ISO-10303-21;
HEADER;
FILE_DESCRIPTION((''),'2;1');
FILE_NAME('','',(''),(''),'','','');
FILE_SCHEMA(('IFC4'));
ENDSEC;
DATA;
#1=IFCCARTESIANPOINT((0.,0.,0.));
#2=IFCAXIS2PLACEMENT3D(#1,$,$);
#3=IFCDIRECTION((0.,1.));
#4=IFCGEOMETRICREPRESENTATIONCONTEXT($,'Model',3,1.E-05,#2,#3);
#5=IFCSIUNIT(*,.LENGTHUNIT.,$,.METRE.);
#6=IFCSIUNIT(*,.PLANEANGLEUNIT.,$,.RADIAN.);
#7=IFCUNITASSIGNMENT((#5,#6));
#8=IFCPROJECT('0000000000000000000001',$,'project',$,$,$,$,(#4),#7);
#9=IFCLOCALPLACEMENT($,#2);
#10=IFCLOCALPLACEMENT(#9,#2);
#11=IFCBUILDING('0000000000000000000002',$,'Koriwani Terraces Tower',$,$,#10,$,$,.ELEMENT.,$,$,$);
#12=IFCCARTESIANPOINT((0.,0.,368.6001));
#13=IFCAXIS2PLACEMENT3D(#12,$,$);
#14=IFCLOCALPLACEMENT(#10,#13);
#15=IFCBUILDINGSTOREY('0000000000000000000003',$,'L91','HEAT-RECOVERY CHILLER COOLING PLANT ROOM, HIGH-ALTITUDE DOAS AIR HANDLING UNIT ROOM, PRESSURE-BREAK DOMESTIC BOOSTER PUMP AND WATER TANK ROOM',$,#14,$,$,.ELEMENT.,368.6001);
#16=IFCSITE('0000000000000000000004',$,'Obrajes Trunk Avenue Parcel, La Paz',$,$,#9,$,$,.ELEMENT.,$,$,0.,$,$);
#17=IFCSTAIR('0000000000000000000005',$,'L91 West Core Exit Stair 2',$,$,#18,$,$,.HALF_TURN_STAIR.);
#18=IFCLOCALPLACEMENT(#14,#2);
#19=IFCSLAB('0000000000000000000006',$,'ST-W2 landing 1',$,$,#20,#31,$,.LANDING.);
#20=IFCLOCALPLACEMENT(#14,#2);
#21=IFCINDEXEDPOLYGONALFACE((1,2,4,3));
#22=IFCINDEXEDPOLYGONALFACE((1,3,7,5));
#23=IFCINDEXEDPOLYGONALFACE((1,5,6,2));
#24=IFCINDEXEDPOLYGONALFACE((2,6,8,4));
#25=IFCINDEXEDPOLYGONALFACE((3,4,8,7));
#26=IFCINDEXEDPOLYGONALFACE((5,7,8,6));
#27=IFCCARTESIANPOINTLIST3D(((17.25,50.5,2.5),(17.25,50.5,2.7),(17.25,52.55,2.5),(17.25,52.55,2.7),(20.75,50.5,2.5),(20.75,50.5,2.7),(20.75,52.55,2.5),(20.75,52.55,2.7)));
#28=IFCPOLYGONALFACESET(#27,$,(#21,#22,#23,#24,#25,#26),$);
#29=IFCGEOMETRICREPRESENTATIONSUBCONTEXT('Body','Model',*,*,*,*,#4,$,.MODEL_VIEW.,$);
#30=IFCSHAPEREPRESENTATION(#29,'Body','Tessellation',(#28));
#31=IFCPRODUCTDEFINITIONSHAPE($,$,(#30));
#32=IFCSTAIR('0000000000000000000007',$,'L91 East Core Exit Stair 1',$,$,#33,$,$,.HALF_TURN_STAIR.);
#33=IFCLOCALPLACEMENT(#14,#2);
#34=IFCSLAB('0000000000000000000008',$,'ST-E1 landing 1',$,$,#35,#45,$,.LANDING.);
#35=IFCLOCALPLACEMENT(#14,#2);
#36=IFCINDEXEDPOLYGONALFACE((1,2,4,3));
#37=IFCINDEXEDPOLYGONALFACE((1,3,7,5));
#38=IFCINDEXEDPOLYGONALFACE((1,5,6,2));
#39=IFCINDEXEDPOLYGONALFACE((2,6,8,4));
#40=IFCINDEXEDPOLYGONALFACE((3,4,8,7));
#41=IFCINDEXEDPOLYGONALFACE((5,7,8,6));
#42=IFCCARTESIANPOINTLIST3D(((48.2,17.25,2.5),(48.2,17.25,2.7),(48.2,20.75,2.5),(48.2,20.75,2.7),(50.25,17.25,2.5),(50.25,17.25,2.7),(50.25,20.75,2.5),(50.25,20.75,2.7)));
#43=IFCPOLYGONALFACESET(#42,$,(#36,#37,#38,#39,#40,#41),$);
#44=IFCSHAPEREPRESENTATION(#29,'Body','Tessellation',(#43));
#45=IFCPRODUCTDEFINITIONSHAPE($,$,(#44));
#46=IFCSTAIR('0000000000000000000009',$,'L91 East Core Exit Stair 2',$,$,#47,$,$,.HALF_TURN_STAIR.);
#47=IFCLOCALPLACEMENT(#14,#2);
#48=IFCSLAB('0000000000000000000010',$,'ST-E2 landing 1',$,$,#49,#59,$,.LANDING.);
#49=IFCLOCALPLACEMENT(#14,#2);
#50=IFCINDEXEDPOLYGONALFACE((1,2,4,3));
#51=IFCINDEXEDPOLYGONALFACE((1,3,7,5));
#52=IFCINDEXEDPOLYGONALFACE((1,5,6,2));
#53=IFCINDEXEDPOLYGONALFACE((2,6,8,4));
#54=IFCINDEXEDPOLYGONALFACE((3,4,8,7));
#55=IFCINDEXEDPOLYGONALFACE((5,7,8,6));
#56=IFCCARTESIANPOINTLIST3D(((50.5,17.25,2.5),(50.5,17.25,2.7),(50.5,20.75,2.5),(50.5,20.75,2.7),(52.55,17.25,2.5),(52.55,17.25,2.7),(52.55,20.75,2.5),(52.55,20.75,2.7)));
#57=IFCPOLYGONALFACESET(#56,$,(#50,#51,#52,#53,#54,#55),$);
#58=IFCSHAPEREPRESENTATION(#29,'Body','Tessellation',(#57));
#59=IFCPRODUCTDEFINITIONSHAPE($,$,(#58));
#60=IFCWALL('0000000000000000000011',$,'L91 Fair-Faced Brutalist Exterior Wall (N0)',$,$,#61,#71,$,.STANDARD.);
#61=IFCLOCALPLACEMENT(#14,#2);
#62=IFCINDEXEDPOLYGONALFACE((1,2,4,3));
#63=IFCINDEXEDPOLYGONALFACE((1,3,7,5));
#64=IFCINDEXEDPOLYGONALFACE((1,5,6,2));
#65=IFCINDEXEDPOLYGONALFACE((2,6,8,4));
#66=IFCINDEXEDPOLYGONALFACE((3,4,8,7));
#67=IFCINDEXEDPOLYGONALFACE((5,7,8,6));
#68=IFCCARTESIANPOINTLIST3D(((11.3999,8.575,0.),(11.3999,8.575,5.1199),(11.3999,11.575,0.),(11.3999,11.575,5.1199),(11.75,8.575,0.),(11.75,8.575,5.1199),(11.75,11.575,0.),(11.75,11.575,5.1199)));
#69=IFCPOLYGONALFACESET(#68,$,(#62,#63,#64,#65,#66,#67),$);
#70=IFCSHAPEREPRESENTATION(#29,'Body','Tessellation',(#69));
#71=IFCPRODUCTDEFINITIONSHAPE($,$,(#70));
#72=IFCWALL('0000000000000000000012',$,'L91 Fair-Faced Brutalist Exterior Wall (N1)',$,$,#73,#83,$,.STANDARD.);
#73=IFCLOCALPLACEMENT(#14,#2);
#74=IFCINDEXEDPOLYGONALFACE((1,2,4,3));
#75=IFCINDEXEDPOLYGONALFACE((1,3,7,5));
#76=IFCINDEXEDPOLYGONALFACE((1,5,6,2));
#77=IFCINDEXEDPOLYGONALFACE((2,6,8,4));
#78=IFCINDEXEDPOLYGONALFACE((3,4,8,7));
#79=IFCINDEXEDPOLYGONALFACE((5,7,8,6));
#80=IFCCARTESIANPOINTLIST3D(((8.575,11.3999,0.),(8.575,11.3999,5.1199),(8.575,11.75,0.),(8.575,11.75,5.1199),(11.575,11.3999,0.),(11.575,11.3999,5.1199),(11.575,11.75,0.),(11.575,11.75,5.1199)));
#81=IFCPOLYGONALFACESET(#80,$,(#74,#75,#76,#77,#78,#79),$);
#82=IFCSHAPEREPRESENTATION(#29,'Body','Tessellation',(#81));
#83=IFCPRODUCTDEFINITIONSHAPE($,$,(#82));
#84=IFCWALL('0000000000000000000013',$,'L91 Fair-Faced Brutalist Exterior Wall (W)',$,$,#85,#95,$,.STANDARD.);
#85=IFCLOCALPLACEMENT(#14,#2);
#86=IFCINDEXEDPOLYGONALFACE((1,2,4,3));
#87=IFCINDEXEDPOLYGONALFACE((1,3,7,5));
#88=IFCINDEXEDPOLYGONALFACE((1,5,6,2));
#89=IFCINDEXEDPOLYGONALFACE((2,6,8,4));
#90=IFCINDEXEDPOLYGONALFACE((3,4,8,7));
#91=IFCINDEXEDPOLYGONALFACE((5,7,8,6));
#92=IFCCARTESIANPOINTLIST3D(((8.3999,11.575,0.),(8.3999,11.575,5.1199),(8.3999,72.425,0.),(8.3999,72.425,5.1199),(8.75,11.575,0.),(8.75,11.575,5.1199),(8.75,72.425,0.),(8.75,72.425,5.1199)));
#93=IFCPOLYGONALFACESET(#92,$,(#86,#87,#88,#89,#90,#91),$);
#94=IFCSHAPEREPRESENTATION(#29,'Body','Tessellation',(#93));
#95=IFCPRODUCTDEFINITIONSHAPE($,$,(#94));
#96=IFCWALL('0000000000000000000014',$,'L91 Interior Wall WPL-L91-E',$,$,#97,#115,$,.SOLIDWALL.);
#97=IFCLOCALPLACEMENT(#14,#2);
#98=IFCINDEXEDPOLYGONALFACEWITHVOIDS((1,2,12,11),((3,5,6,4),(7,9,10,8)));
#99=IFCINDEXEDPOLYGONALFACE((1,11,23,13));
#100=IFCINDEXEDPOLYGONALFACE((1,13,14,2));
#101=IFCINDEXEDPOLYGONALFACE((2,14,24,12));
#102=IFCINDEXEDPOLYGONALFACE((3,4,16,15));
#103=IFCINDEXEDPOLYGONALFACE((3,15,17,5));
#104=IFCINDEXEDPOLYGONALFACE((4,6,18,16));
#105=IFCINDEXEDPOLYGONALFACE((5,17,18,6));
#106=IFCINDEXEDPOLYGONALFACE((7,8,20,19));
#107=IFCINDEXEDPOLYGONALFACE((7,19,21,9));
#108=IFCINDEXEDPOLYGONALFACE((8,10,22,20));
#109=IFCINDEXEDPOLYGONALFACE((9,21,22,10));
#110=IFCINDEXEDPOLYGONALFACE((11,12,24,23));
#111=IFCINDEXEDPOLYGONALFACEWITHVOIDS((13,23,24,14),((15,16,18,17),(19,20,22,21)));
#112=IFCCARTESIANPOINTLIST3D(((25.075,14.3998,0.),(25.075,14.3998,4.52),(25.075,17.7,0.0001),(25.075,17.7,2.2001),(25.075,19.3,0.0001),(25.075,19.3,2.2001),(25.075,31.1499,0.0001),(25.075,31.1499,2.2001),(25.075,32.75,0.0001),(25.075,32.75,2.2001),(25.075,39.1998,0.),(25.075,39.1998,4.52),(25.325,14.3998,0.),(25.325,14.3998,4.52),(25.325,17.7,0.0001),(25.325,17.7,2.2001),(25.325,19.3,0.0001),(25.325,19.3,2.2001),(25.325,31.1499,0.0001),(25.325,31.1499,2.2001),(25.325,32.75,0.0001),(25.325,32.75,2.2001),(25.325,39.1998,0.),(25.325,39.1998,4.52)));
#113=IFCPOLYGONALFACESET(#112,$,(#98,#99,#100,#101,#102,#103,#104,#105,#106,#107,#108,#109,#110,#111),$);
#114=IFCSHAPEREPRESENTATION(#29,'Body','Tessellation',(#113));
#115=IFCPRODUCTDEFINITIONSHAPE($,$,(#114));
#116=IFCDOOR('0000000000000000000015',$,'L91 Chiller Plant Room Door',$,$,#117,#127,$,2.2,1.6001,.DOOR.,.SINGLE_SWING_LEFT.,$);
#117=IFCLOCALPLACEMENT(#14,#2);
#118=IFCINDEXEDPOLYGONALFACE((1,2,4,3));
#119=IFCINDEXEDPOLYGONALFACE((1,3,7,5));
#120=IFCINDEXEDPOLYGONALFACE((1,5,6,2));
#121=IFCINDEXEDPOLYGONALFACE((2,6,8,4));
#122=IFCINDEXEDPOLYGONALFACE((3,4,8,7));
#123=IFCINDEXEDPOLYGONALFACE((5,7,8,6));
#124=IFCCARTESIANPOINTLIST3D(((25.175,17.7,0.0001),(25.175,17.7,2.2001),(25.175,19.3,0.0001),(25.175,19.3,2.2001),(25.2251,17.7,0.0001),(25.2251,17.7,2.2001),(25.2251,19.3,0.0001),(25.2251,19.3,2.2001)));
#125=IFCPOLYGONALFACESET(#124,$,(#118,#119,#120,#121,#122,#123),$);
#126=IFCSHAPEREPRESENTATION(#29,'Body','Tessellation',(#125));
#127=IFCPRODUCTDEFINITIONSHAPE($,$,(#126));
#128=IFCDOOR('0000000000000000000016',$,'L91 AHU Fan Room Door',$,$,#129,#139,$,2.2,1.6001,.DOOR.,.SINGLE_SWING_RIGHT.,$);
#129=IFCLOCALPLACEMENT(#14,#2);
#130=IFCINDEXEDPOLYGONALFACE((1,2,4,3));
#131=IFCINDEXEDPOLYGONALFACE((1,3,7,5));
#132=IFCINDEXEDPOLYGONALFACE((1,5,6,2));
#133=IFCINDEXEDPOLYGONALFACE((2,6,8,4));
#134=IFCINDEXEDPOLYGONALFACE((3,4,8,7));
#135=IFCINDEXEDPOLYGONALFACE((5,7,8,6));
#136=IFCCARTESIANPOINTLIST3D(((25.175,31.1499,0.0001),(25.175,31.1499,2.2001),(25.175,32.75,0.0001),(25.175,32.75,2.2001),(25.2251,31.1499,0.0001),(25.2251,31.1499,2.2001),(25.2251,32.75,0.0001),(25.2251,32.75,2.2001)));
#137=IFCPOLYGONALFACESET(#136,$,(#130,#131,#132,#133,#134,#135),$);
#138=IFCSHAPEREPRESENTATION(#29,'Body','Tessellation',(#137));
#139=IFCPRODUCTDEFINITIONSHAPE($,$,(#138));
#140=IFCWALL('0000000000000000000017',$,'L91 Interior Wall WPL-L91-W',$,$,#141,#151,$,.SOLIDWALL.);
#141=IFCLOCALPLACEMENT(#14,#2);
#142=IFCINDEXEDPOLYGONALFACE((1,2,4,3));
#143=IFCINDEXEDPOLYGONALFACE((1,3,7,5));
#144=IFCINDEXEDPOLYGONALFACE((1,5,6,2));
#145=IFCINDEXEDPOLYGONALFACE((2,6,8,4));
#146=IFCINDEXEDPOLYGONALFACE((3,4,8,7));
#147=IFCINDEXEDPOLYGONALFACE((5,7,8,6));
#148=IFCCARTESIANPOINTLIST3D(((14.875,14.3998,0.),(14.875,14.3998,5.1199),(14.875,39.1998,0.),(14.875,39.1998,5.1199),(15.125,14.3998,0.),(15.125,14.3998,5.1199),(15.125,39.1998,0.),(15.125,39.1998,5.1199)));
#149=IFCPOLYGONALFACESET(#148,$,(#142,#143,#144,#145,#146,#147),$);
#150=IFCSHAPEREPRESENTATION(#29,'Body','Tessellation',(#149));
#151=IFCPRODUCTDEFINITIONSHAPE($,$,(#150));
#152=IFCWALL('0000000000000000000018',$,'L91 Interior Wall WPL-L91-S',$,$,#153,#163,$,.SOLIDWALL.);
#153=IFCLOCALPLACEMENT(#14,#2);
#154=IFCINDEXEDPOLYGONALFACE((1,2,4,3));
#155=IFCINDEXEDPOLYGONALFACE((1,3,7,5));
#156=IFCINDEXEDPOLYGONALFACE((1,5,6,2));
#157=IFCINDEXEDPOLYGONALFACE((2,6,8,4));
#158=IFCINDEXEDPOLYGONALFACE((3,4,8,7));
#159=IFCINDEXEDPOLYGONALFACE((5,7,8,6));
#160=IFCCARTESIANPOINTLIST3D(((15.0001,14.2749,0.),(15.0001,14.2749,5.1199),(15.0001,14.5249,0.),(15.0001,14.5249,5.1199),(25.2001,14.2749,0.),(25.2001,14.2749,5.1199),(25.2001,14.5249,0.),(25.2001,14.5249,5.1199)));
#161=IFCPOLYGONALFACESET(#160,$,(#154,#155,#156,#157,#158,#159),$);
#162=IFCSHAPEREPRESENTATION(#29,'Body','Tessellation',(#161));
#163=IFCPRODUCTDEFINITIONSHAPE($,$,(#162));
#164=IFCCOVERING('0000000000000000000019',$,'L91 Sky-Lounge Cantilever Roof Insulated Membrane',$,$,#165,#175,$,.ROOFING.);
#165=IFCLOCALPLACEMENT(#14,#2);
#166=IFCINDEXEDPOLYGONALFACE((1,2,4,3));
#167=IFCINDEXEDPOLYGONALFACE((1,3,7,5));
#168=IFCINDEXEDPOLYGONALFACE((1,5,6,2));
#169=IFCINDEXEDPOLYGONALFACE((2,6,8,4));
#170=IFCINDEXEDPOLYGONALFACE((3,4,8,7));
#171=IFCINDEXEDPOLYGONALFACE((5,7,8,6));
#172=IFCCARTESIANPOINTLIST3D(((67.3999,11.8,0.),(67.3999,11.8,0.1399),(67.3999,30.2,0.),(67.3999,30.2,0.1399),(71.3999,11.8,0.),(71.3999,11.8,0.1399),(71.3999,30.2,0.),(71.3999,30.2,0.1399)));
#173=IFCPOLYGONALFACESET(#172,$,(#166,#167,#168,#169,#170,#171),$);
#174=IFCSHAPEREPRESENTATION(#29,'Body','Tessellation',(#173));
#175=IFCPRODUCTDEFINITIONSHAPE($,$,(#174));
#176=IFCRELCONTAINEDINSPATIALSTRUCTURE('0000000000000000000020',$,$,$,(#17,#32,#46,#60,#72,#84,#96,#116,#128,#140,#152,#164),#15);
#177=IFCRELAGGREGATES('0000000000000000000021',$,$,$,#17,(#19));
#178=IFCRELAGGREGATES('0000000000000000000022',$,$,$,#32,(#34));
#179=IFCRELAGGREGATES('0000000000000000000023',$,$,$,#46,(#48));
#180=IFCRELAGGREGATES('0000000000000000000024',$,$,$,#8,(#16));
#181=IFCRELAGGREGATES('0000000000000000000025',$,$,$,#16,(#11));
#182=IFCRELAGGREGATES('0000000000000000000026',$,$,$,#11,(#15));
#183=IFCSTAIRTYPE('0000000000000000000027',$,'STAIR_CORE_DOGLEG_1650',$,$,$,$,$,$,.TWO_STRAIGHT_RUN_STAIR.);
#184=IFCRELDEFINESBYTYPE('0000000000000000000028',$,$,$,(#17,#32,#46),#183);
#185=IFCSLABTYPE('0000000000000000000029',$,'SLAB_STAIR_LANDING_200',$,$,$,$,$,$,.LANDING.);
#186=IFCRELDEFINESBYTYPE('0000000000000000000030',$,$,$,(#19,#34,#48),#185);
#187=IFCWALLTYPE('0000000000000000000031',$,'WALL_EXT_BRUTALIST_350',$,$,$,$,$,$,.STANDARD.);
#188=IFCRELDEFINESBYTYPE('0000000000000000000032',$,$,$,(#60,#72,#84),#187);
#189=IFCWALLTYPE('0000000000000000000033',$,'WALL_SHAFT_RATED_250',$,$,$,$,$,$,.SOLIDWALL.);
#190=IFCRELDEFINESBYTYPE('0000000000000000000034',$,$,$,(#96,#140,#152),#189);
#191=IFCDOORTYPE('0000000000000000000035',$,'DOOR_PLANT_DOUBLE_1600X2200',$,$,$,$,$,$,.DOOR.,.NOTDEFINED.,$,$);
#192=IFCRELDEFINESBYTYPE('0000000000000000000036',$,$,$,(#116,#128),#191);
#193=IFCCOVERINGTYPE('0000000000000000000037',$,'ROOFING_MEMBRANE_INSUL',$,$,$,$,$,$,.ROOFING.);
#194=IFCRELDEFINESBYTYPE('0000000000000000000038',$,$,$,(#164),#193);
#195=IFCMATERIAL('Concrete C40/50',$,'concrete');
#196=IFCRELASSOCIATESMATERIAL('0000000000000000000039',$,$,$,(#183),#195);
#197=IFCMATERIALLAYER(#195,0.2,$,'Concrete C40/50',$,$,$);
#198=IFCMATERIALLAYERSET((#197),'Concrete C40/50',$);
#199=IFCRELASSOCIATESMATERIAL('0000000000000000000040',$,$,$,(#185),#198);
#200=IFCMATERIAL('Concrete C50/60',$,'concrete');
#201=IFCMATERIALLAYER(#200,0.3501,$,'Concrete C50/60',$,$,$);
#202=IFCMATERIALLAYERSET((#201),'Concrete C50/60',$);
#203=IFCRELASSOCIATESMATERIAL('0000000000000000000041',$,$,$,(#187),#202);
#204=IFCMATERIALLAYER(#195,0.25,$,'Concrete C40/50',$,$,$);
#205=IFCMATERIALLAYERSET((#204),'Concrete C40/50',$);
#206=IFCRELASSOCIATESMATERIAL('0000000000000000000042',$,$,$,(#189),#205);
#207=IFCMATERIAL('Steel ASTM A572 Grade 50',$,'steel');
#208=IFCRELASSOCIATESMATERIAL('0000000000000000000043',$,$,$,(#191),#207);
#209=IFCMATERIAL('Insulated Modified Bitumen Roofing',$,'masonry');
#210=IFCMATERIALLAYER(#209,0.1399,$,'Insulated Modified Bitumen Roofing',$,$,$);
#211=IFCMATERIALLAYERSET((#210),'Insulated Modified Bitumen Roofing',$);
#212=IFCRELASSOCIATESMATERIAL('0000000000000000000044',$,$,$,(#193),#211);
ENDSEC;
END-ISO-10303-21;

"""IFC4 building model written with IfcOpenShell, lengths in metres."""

from ifc_helpers import new_model, si_unit, direction, frame, frame_2d, origin, place, context, subcontext, project, spatial, polyline, rectangle, outline, extrude, material, layer, layer_set, type_object, element, fill, aggregate, save


model = new_model("IFC4")

# Units and contexts
model_context = context("Model", 3, precision=1e-05, world=origin(), true_north=direction((0.0, 1.0)))
body_context = subcontext(model_context, "Body", "Model", "MODEL_VIEW")
ifc_project = project(units=[si_unit("LENGTHUNIT", "METRE"), si_unit("PLANEANGLEUNIT", "RADIAN")], contexts=[model_context])

# Site, building, storey
site_placement = place(None, origin())
site = spatial("IfcSite", under=ifc_project, at=site_placement, Name="Obrajes Trunk Avenue Parcel, La Paz", CompositionType="ELEMENT", RefElevation=0.0)
building_placement = place(site_placement, origin())
building = spatial("IfcBuilding", under=site, at=building_placement, Name="Koriwani Terraces Tower", CompositionType="ELEMENT")
storey_placement = place(building_placement, frame((0.0, 0.0, 368.6001)))
storey = spatial("IfcBuildingStorey", under=building, at=storey_placement, Name="L91", Description="HEAT-RECOVERY CHILLER COOLING PLANT ROOM, HIGH-ALTITUDE DOAS AIR HANDLING UNIT ROOM, PRESSURE-BREAK DOMESTIC BOOSTER PUMP AND WATER TANK ROOM", CompositionType="ELEMENT", Elevation=368.6001)

# Shared definitions
ifc_material_1 = material(Name="Concrete C50/60", Category="concrete")

# Shared definitions
ifc_material_2 = material(Name="Concrete C40/50", Category="concrete")
ifc_material_3 = material(Name="Steel ASTM A572 Grade 50", Category="steel")

# Stairs, slabs
stair_type = type_object("IfcStairType", Name="STAIR_CORE_DOGLEG_1650", PredefinedType="TWO_STRAIGHT_RUN_STAIR", material=ifc_material_2)
ifc_layer_1 = layer(ifc_material_2, 0.2, Name="Concrete C40/50")
ifc_layer_set_1 = layer_set([ifc_layer_1], Name="Concrete C40/50")
slab_type_1 = type_object("IfcSlabType", Name="SLAB_STAIR_LANDING_200", PredefinedType="LANDING", material=ifc_layer_set_1)
stair_1_placement = place(storey_placement, origin())
stair_1 = element("IfcStair", 1, at=stair_1_placement, inside=storey, type_object=stair_type, Name="L91 West Core Exit Stair 2", PredefinedType="HALF_TURN_STAIR")
slab_1_placement = place(storey_placement, frame((0.0, 0.0, 2.5)))
slab_1 = element("IfcSlab", 2, at=slab_1_placement, type_object=slab_type_1, Name="ST-W2 landing 1", PredefinedType="LANDING", context=body_context, shape_type="SweptSolid", body=[
    extrude(outline(polyline([(17.25, 52.55), (17.25, 50.5), (20.75, 50.5), (20.75, 52.55), (17.25, 52.55)])), origin(), (0.0, 0.0, 1.0), 0.2),
])
aggregate(stair_1, [slab_1])
stair_2_placement = place(storey_placement, origin())
stair_2 = element("IfcStair", 3, at=stair_2_placement, inside=storey, type_object=stair_type, Name="L91 East Core Exit Stair 1", PredefinedType="HALF_TURN_STAIR")
slab_2_placement = place(storey_placement, frame((0.0, 0.0, 2.5)))
slab_2 = element("IfcSlab", 4, at=slab_2_placement, type_object=slab_type_1, Name="ST-E1 landing 1", PredefinedType="LANDING", context=body_context, shape_type="SweptSolid", body=[
    extrude(outline(polyline([(48.2, 17.25), (50.25, 17.25), (50.25, 20.75), (48.2, 20.75), (48.2, 17.25)])), origin(), (0.0, 0.0, 1.0), 0.2),
])
aggregate(stair_2, [slab_2])
stair_3_placement = place(storey_placement, origin())
stair_3 = element("IfcStair", 5, at=stair_3_placement, inside=storey, type_object=stair_type, Name="L91 East Core Exit Stair 2", PredefinedType="HALF_TURN_STAIR")
slab_3_placement = place(storey_placement, frame((0.0, 0.0, 2.5)))
slab_3 = element("IfcSlab", 6, at=slab_3_placement, type_object=slab_type_1, Name="ST-E2 landing 1", PredefinedType="LANDING", context=body_context, shape_type="SweptSolid", body=[
    extrude(outline(polyline([(52.55, 20.75), (50.5, 20.75), (50.5, 17.25), (52.55, 17.25), (52.55, 20.75)])), origin(), (0.0, 0.0, 1.0), 0.2),
])
aggregate(stair_3, [slab_3])

# Walls
ifc_layer_2 = layer(ifc_material_1, 0.3501, Name="Concrete C50/60")
ifc_layer_set_2 = layer_set([ifc_layer_2], Name="Concrete C50/60")
wall_type_1 = type_object("IfcWallType", Name="WALL_EXT_BRUTALIST_350", PredefinedType="STANDARD", material=ifc_layer_set_2)
for number, where, z_axis, x_axis, name in (
    (7, (11.575, 8.575, 0.0), (0.0, 0.0, 1.0), (0.0, 1.0, 0.0), "L91 Fair-Faced Brutalist Exterior Wall (N0)"),
    (8, (11.575, 11.575, 0.0), (0.0, 0.0, 1.0), (-1.0, 0.0, 0.0), "L91 Fair-Faced Brutalist Exterior Wall (N1)"),
):
    element("IfcWall", number, at=place(storey_placement, frame(where, z_axis=z_axis, x_axis=x_axis)), inside=storey, type_object=wall_type_1, Name=name, PredefinedType="STANDARD", context=body_context, shape_type="SweptSolid", body=[
        extrude(rectangle(XDim=3.0, YDim=0.3501, at=frame_2d((1.5, 0.0))), origin(), (0.0, 0.0, 1.0), 5.1199),
    ])
wall_1_placement = place(storey_placement, frame((8.575, 11.575, 0.0), z_axis=(0.0, 0.0, 1.0), x_axis=(0.0, 1.0, 0.0)))
element("IfcWall", 9, at=wall_1_placement, inside=storey, type_object=wall_type_1, Name="L91 Fair-Faced Brutalist Exterior Wall (W)", PredefinedType="STANDARD", context=body_context, shape_type="SweptSolid", body=[
    extrude(rectangle(XDim=60.8501, YDim=0.3501, at=frame_2d((30.425, 0.0))), origin(), (0.0, 0.0, 1.0), 5.1199),
])

# Wall, openings, doors
ifc_layer_3 = layer(ifc_material_2, 0.25, Name="Concrete C40/50")
ifc_layer_set_3 = layer_set([ifc_layer_3], Name="Concrete C40/50")
wall_type_2 = type_object("IfcWallType", Name="WALL_SHAFT_RATED_250", PredefinedType="SOLIDWALL", material=ifc_layer_set_3)
wall_2_placement = place(storey_placement, frame((25.2, 14.3999, 0.0), z_axis=(0.0, 0.0, 1.0), x_axis=(0.0, 1.0, 0.0)))
wall_2 = element("IfcWall", 10, at=wall_2_placement, inside=storey, type_object=wall_type_2, Name="L91 Interior Wall WPL-L91-E", PredefinedType="SOLIDWALL", context=body_context, shape_type="SweptSolid", body=[
    extrude(rectangle(XDim=24.8, YDim=0.25, at=frame_2d((12.3999, 0.0))), origin(), (0.0, 0.0, 1.0), 4.52),
])
opening_1_placement = place(wall_2_placement, frame((3.3, 0.0, 0.0)))
opening_1 = element("IfcOpeningElement", 11, at=opening_1_placement, cuts=wall_2, PredefinedType="OPENING", context=body_context, shape_type="SweptSolid", body=[
    extrude(rectangle(XDim=1.6001, YDim=2.2, at=frame_2d((0.8, 1.1001))), frame((0.0, 0.135, 0.0), z_axis=(0.0, -1.0, 0.0), x_axis=(1.0, 0.0, 0.0)), (0.0, 0.0, 1.0), 0.27),
])
opening_2_placement = place(wall_2_placement, frame((16.75, 0.0, 0.0)))
opening_2 = element("IfcOpeningElement", 12, at=opening_2_placement, cuts=wall_2, PredefinedType="OPENING", context=body_context, shape_type="SweptSolid", body=[
    extrude(rectangle(XDim=1.6001, YDim=2.2, at=frame_2d((0.8, 1.1001))), frame((0.0, 0.135, 0.0), z_axis=(0.0, -1.0, 0.0), x_axis=(1.0, 0.0, 0.0)), (0.0, 0.0, 1.0), 0.27),
])
door_type = type_object("IfcDoorType", Name="DOOR_PLANT_DOUBLE_1600X2200", OperationType="NOTDEFINED", PredefinedType="DOOR", material=ifc_material_3)
door_1_placement = place(opening_1_placement, origin())
door_1 = element("IfcDoor", 13, at=door_1_placement, inside=storey, type_object=door_type, Name="L91 Chiller Plant Room Door", OperationType="SINGLE_SWING_LEFT", OverallHeight=2.2, OverallWidth=1.6001, PredefinedType="DOOR", context=body_context, shape_type="SweptSolid", body=[
    extrude(rectangle(XDim=1.6001, YDim=2.2, at=frame_2d((0.8, 1.1001))), frame((0.0, 0.0249, 0.0), z_axis=(0.0, -1.0, 0.0), x_axis=(1.0, 0.0, 0.0)), (0.0, 0.0, 1.0), 0.05),
])
fill(opening_1, door_1)
door_2_placement = place(opening_2_placement, origin())
door_2 = element("IfcDoor", 14, at=door_2_placement, inside=storey, type_object=door_type, Name="L91 AHU Fan Room Door", OperationType="SINGLE_SWING_RIGHT", OverallHeight=2.2, OverallWidth=1.6001, PredefinedType="DOOR", context=body_context, shape_type="SweptSolid", body=[
    extrude(rectangle(XDim=1.6001, YDim=2.2, at=frame_2d((0.8, 1.1001))), frame((0.0, 0.0249, 0.0), z_axis=(0.0, -1.0, 0.0), x_axis=(1.0, 0.0, 0.0)), (0.0, 0.0, 1.0), 0.05),
])
fill(opening_2, door_2)

# Walls
wall_3_placement = place(storey_placement, frame((15.0, 14.3999, 0.0), z_axis=(0.0, 0.0, 1.0), x_axis=(0.0, 1.0, 0.0)))
element("IfcWall", 15, at=wall_3_placement, inside=storey, type_object=wall_type_2, Name="L91 Interior Wall WPL-L91-W", PredefinedType="SOLIDWALL", context=body_context, shape_type="SweptSolid", body=[
    extrude(rectangle(XDim=24.8, YDim=0.25, at=frame_2d((12.3999, 0.0))), origin(), (0.0, 0.0, 1.0), 5.1199),
])
wall_4_placement = place(storey_placement, frame((15.0, 14.3999, 0.0), z_axis=(0.0, 0.0, 1.0), x_axis=(1.0, 0.0, 0.0)))
element("IfcWall", 16, at=wall_4_placement, inside=storey, type_object=wall_type_2, Name="L91 Interior Wall WPL-L91-S", PredefinedType="SOLIDWALL", context=body_context, shape_type="SweptSolid", body=[
    extrude(rectangle(XDim=10.2, YDim=0.25, at=frame_2d((5.1001, 0.0))), origin(), (0.0, 0.0, 1.0), 5.1199),
])

# Covering
ifc_material_4 = material(Name="Insulated Modified Bitumen Roofing", Category="masonry")
ifc_layer_4 = layer(ifc_material_4, 0.1399, Name="Insulated Modified Bitumen Roofing")
ifc_layer_set_4 = layer_set([ifc_layer_4], Name="Insulated Modified Bitumen Roofing")
covering_type = type_object("IfcCoveringType", Name="ROOFING_MEMBRANE_INSUL", PredefinedType="ROOFING", material=ifc_layer_set_4)
covering_placement = place(storey_placement, origin())
element("IfcCovering", 17, at=covering_placement, inside=storey, type_object=covering_type, Name="L91 Sky-Lounge Cantilever Roof Insulated Membrane", PredefinedType="ROOFING", context=body_context, shape_type="SweptSolid", body=[
    extrude(outline(polyline([(67.3999, 11.8), (71.3999, 11.8), (71.3999, 30.2), (67.3999, 30.2), (67.3999, 11.8)])), origin(), (0.0, 0.0, 1.0), 0.1399),
])

save(model, "model.ifc")
